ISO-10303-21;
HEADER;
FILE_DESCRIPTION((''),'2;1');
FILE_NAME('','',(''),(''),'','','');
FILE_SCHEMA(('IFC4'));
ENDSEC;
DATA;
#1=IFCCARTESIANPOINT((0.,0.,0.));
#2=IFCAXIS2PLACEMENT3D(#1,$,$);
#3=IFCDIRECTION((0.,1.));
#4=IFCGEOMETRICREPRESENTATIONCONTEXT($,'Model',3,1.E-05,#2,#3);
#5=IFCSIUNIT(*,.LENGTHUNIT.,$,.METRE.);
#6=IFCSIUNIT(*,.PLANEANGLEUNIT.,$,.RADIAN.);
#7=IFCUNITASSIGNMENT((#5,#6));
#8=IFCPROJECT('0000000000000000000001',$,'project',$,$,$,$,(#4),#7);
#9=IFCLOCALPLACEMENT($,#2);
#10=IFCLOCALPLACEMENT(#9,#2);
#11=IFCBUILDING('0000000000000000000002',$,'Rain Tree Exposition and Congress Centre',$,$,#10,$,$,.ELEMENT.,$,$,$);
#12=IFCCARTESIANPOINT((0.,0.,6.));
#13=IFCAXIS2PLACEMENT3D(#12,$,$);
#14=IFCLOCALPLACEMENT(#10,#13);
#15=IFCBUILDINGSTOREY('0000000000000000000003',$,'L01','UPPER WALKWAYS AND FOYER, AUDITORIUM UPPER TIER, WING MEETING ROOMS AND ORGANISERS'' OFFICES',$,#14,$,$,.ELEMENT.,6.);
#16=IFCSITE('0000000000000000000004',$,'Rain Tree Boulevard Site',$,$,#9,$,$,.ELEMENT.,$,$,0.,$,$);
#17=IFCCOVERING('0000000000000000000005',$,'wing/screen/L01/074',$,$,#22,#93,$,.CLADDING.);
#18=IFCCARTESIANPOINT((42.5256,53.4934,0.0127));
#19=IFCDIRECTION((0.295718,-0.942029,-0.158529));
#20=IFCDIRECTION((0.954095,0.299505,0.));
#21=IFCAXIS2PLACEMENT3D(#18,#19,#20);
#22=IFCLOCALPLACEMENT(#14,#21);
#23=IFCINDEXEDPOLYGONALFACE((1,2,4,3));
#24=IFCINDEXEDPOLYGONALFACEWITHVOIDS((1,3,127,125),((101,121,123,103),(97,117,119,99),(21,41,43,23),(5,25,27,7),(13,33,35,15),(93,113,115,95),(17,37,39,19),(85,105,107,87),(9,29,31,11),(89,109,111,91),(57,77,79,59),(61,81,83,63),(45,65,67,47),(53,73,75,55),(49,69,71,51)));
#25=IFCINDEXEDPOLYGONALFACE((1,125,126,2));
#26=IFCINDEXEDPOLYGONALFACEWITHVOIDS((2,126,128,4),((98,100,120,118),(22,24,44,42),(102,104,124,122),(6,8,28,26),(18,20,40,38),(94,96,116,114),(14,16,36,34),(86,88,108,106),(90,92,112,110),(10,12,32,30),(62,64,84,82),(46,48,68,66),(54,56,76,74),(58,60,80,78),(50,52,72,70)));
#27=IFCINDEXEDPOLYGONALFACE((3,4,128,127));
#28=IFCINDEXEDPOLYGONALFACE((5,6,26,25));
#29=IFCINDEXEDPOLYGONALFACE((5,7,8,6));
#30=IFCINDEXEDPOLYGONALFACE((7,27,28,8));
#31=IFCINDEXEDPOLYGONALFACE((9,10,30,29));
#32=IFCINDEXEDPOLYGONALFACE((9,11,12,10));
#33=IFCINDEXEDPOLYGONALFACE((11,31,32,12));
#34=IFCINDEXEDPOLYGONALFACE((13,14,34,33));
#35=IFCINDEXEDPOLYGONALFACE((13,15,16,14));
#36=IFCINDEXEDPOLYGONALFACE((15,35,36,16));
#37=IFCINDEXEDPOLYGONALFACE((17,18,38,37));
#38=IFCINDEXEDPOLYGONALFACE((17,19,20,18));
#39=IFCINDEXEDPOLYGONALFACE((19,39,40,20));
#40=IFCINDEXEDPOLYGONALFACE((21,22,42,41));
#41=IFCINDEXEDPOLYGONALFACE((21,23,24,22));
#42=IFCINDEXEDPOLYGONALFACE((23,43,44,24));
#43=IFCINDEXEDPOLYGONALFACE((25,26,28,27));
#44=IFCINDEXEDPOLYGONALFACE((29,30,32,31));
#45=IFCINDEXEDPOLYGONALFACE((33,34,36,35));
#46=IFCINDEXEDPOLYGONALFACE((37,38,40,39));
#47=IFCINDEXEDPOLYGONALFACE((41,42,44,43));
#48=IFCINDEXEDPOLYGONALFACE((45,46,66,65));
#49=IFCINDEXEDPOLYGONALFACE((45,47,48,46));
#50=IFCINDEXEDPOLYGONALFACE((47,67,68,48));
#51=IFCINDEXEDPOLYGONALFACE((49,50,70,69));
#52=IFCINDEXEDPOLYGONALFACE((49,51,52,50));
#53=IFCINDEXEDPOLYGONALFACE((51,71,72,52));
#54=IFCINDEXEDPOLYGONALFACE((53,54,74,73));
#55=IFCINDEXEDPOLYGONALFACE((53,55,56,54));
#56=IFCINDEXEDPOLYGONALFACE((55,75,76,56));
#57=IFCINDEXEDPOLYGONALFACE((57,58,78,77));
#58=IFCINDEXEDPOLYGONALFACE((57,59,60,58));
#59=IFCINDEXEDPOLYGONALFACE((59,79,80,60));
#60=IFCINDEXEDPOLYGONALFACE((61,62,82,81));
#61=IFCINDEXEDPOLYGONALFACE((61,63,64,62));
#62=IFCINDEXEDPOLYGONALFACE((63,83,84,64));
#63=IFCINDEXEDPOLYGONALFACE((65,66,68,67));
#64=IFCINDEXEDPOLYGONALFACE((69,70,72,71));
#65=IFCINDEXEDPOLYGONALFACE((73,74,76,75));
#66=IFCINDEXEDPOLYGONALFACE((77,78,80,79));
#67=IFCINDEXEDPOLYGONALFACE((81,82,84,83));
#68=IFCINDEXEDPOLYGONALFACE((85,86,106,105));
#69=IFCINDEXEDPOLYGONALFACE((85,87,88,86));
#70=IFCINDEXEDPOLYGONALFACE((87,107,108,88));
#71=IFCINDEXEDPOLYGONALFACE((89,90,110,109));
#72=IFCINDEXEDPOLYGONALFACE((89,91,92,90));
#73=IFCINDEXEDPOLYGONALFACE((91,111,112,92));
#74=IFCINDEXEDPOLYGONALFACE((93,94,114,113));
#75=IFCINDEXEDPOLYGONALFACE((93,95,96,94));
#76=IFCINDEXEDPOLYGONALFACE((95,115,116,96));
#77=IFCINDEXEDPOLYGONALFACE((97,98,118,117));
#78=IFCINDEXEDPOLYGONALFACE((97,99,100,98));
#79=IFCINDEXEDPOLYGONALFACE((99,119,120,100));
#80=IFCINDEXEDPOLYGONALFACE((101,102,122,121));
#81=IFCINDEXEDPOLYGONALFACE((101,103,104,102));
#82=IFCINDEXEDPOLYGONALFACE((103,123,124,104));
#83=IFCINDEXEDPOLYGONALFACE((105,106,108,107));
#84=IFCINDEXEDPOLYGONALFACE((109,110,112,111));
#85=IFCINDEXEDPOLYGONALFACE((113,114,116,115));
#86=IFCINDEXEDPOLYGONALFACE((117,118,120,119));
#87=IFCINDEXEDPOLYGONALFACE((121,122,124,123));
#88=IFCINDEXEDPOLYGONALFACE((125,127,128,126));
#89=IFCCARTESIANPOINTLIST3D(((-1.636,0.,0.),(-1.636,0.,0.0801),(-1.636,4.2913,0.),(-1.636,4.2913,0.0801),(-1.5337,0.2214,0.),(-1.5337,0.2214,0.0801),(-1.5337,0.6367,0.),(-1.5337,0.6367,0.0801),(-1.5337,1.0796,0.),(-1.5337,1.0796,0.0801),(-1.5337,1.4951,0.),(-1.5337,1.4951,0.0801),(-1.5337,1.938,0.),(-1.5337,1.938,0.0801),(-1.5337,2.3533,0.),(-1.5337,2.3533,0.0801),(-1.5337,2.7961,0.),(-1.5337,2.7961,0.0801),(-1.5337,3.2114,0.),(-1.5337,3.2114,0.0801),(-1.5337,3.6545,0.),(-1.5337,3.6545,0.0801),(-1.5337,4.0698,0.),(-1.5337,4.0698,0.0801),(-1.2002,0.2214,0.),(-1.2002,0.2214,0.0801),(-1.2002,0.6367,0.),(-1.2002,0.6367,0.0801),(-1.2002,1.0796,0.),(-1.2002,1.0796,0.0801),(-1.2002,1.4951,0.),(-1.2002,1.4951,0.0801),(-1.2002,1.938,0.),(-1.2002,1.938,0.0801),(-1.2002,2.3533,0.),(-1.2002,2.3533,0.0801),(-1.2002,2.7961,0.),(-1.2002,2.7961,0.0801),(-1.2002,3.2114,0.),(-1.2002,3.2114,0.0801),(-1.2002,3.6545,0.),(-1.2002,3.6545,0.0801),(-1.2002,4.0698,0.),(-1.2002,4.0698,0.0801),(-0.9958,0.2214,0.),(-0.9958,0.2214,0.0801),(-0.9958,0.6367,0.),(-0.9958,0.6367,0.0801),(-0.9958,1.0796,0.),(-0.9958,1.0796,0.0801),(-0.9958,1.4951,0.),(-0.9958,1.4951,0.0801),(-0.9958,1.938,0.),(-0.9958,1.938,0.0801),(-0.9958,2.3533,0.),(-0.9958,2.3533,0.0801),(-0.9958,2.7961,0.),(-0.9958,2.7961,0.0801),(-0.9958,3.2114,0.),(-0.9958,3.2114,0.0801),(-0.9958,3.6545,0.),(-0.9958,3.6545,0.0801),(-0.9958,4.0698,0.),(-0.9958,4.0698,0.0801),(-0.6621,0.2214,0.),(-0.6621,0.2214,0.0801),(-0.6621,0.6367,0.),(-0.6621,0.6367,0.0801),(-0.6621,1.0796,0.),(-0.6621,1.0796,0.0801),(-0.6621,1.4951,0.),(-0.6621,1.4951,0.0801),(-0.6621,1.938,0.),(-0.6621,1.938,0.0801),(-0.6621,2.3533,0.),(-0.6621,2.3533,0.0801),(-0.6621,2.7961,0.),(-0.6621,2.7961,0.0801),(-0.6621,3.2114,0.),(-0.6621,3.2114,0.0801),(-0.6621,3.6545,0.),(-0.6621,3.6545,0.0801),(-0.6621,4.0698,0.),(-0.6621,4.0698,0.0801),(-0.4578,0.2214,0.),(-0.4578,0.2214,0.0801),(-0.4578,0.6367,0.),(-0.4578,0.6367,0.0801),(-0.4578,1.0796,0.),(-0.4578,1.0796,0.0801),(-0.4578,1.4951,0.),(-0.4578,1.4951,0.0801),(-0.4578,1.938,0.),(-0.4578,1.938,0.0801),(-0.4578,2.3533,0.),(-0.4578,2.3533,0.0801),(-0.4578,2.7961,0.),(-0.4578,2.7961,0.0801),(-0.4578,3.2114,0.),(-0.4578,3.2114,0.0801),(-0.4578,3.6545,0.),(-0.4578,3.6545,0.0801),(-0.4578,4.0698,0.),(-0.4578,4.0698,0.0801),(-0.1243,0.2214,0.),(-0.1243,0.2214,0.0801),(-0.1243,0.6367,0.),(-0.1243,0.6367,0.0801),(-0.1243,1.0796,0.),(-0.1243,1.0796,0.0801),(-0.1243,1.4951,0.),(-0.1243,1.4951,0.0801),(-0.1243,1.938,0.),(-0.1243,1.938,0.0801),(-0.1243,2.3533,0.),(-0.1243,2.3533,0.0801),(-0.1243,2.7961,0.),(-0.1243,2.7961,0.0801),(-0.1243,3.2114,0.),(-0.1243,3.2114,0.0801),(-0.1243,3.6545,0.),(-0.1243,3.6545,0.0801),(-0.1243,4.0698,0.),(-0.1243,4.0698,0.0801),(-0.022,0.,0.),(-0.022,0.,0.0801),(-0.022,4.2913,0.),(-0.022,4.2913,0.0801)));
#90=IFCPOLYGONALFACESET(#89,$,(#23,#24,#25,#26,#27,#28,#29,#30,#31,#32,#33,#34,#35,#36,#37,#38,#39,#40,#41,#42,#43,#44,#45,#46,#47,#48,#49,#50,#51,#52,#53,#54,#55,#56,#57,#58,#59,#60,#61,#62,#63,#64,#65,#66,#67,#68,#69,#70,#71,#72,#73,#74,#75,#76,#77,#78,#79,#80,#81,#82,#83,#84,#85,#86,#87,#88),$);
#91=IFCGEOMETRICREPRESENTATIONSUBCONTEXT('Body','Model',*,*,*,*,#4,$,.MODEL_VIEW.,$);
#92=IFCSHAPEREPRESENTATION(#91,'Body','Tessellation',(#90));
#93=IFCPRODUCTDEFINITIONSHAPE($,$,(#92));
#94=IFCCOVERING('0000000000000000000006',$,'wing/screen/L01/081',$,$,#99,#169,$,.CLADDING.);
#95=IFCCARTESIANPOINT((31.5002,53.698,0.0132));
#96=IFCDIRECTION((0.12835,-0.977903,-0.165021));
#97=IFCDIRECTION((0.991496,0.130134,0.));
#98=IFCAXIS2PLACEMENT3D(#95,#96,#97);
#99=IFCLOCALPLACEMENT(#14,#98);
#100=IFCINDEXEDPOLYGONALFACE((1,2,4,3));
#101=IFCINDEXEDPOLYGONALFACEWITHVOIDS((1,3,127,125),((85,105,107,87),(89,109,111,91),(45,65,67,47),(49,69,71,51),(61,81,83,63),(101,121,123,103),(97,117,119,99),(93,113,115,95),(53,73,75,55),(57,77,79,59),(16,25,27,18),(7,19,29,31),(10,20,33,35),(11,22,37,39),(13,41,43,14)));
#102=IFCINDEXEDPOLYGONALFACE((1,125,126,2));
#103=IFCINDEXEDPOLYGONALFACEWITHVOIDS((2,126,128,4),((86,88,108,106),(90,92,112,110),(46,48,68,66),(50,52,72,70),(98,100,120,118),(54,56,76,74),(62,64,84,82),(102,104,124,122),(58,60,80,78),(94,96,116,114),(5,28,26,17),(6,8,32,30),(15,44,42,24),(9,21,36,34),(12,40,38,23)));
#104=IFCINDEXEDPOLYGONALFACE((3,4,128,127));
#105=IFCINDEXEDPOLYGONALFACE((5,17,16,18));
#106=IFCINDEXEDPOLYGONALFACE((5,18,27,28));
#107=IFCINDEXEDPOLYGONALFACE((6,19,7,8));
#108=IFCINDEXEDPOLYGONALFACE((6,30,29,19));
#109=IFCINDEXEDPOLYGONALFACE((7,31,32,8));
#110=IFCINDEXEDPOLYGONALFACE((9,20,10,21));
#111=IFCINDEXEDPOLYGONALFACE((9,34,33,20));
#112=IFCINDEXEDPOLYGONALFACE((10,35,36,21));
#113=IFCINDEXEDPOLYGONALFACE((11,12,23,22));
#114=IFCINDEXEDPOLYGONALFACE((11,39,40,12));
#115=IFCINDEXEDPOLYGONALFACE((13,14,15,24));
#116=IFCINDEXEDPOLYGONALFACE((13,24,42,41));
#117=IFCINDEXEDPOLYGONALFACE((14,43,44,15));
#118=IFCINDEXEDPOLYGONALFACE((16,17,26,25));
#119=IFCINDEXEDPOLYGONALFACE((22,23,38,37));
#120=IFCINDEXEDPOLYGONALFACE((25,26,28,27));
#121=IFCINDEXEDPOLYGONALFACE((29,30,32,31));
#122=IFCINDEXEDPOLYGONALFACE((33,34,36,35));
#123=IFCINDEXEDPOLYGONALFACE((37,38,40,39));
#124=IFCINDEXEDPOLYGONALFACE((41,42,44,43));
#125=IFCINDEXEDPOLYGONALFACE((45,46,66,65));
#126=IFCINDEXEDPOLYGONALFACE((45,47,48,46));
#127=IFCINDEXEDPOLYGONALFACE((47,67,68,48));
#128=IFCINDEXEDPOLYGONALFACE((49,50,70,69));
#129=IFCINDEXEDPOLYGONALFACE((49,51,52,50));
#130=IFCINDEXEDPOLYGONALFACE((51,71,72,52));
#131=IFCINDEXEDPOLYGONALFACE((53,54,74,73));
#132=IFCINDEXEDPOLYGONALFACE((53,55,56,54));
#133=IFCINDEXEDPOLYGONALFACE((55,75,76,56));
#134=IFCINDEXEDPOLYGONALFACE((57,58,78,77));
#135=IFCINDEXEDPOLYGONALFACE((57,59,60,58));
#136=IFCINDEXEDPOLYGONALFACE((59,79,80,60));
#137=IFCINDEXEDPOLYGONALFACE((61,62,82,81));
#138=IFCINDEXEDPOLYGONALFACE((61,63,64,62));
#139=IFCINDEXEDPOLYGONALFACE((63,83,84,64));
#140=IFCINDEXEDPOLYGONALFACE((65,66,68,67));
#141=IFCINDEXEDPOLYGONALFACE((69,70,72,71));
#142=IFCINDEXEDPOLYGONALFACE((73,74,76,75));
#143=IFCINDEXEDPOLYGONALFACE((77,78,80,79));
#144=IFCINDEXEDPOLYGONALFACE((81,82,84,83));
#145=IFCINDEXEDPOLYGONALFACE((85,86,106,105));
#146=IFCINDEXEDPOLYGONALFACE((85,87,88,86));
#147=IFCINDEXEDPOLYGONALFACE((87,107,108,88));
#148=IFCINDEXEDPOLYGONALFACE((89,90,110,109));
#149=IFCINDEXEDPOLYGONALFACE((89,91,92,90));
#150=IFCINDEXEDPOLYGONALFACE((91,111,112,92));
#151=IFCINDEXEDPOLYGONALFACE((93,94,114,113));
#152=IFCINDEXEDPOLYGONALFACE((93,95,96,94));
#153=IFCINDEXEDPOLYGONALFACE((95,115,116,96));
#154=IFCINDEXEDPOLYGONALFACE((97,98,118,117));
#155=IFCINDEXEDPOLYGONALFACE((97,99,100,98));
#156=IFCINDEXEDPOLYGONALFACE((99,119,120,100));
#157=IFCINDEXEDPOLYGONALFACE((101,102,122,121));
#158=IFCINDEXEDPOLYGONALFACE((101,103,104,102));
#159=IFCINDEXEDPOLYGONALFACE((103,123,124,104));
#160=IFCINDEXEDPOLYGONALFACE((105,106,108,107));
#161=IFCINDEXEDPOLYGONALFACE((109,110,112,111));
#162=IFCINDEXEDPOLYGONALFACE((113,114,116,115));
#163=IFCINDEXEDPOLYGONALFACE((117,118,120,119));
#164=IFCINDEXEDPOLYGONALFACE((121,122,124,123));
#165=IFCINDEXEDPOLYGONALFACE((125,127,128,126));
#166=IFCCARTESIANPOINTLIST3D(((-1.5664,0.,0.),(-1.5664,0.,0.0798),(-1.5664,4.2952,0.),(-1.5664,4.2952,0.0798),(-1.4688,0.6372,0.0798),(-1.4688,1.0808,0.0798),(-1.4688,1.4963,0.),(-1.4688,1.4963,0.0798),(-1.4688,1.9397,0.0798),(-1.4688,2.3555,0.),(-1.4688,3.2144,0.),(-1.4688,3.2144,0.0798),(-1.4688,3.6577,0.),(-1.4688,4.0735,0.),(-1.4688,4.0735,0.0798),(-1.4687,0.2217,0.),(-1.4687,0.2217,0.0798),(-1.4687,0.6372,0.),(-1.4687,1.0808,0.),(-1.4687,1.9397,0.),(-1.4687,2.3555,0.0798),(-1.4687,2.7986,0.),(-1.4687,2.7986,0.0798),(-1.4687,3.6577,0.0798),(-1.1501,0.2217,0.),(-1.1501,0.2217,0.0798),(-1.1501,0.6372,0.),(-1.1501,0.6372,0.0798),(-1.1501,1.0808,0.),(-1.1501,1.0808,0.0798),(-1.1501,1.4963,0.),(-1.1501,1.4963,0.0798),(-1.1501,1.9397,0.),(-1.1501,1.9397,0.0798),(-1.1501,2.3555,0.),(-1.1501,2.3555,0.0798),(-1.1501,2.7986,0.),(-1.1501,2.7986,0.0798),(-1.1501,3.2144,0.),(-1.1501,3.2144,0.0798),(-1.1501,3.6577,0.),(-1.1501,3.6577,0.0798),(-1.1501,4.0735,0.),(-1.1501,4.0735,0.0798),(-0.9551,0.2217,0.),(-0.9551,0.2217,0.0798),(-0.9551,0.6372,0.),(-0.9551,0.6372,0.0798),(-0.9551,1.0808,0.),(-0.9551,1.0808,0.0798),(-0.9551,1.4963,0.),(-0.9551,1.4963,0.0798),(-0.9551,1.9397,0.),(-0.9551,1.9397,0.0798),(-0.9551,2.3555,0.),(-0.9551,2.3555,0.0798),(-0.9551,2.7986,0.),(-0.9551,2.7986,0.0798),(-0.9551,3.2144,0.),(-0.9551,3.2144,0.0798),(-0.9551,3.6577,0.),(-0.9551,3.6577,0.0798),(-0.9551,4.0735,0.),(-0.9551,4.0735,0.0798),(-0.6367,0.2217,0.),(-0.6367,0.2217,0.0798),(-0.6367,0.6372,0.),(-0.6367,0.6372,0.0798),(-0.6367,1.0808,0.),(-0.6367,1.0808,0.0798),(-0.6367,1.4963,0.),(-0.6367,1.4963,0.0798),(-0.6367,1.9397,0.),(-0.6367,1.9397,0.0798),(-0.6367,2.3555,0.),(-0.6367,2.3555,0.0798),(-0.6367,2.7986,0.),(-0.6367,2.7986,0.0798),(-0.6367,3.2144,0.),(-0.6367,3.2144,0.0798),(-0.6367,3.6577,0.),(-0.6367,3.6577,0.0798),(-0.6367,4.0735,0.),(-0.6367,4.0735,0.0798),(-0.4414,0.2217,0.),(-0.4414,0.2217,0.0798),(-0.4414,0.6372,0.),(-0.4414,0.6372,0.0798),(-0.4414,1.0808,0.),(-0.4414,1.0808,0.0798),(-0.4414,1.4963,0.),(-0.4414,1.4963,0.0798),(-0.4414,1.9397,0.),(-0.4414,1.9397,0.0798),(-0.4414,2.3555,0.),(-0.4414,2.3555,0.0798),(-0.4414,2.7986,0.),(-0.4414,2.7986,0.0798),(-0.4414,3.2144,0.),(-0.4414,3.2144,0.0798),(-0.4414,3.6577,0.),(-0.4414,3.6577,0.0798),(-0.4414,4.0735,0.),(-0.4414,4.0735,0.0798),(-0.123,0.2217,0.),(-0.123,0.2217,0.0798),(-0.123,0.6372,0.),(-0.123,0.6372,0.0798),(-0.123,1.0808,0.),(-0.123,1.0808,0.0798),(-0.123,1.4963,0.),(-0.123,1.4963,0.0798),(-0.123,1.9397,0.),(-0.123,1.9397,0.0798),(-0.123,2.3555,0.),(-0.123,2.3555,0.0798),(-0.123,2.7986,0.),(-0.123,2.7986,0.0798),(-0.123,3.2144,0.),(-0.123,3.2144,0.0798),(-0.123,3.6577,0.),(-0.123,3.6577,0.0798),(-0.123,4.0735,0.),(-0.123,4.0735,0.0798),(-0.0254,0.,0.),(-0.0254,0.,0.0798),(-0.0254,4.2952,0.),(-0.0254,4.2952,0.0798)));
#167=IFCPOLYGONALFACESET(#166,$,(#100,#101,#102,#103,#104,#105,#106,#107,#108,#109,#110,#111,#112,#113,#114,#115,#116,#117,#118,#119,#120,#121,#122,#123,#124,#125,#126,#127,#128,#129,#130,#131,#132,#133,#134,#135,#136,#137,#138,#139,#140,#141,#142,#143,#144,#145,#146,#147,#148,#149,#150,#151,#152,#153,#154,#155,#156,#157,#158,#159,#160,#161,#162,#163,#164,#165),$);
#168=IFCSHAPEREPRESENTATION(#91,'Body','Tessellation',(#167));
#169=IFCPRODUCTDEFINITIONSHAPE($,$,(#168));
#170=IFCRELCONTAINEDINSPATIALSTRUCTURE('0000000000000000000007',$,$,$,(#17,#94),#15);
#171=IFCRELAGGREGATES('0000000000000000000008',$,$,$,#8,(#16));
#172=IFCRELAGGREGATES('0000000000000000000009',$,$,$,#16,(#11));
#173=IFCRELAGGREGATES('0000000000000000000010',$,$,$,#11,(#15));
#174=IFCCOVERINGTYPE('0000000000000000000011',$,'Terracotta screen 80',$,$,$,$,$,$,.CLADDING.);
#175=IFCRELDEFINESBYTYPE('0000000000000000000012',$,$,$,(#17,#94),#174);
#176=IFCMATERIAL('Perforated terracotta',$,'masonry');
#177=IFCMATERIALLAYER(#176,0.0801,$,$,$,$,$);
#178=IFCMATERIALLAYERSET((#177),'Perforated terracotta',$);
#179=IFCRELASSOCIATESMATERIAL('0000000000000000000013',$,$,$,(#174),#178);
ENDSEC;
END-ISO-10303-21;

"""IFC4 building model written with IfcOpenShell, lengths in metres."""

from ifc_helpers import new_model, si_unit, direction, frame, origin, place, context, subcontext, project, spatial, polyline, outline, extrude, material, layer, layer_set, type_object, element, save


model = new_model("IFC4")

# Units and contexts
model_context = context("Model", 3, precision=1e-05, world=origin(), true_north=direction((0.0, 1.0)))
body_context = subcontext(model_context, "Body", "Model", "MODEL_VIEW")
ifc_project = project(units=[si_unit("LENGTHUNIT", "METRE"), si_unit("PLANEANGLEUNIT", "RADIAN")], contexts=[model_context])

# Site, building, storey
site_placement = place(None, origin())
site = spatial("IfcSite", under=ifc_project, at=site_placement, Name="Rain Tree Boulevard Site", CompositionType="ELEMENT", RefElevation=0.0)
building_placement = place(site_placement, origin())
building = spatial("IfcBuilding", under=site, at=building_placement, Name="Rain Tree Exposition and Congress Centre", CompositionType="ELEMENT")
storey_placement = place(building_placement, frame((0.0, 0.0, 6.0)))
storey = spatial("IfcBuildingStorey", under=building, at=storey_placement, Name="L01", Description="UPPER WALKWAYS AND FOYER, AUDITORIUM UPPER TIER, WING MEETING ROOMS AND ORGANISERS' OFFICES", CompositionType="ELEMENT", Elevation=6.0)

# Coverings
ifc_material_1 = material(Name="Perforated terracotta", Category="masonry")
ifc_layer = layer(ifc_material_1, 0.0801)
ifc_layer_set = layer_set([ifc_layer], Name="Perforated terracotta")
covering_type = type_object("IfcCoveringType", Name="Terracotta screen 80", PredefinedType="CLADDING", material=ifc_layer_set)
covering_1_placement = place(storey_placement, frame((42.5256, 53.4934, 0.0127), z_axis=(0.295718, -0.942029, -0.158529), x_axis=(0.954095, 0.299505, 0.0)))
element("IfcCovering", 1, at=covering_1_placement, inside=storey, type_object=covering_type, Name="wing/screen/L01/074", PredefinedType="CLADDING", context=body_context, shape_type="SweptSolid", body=[
    extrude(outline(polyline([(-1.636, 0.0), (-1.636, 4.2913), (-0.022, 4.2913), (-0.022, 0.0), (-1.636, 0.0)]), holes=[polyline([(-0.1243, 0.2214), (-0.1243, 0.6367), (-0.4578, 0.6367), (-0.4578, 0.2214), (-0.1243, 0.2214)]), polyline([(-0.1243, 1.0796), (-0.1243, 1.4951), (-0.4578, 1.4951), (-0.4578, 1.0796), (-0.1243, 1.0796)]), polyline([(-0.1243, 1.938), (-0.1243, 2.3533), (-0.4578, 2.3533), (-0.4578, 1.938), (-0.1243, 1.938)]), polyline([(-0.1243, 2.7961), (-0.1243, 3.2114), (-0.4578, 3.2114), (-0.4578, 2.7961), (-0.1243, 2.7961)]), polyline([(-0.1243, 3.6545), (-0.1243, 4.0698), (-0.4578, 4.0698), (-0.4578, 3.6545), (-0.1243, 3.6545)]), polyline([(-0.6621, 0.2214), (-0.6621, 0.6367), (-0.9958, 0.6367), (-0.9958, 0.2214), (-0.6621, 0.2214)]), polyline([(-0.6621, 1.0796), (-0.6621, 1.4951), (-0.9958, 1.4951), (-0.9958, 1.0796), (-0.6621, 1.0796)]), polyline([(-0.6621, 1.938), (-0.6621, 2.3533), (-0.9958, 2.3533), (-0.9958, 1.938), (-0.6621, 1.938)]), polyline([(-0.6621, 2.7961), (-0.6621, 3.2114), (-0.9958, 3.2114), (-0.9958, 2.7961), (-0.6621, 2.7961)]), polyline([(-0.6621, 3.6545), (-0.6621, 4.0698), (-0.9958, 4.0698), (-0.9958, 3.6545), (-0.6621, 3.6545)]), polyline([(-1.2002, 0.2214), (-1.2002, 0.6367), (-1.5337, 0.6367), (-1.5337, 0.2214), (-1.2002, 0.2214)]), polyline([(-1.2002, 1.0796), (-1.2002, 1.4951), (-1.5337, 1.4951), (-1.5337, 1.0796), (-1.2002, 1.0796)]), polyline([(-1.2002, 1.938), (-1.2002, 2.3533), (-1.5337, 2.3533), (-1.5337, 1.938), (-1.2002, 1.938)]), polyline([(-1.2002, 2.7961), (-1.2002, 3.2114), (-1.5337, 3.2114), (-1.5337, 2.7961), (-1.2002, 2.7961)]), polyline([(-1.2002, 3.6545), (-1.2002, 4.0698), (-1.5337, 4.0698), (-1.5337, 3.6545), (-1.2002, 3.6545)])]), origin(), (0.0, 0.0, 1.0), 0.0801),
])
covering_2_placement = place(storey_placement, frame((31.5002, 53.698, 0.0132), z_axis=(0.12835, -0.977903, -0.165021), x_axis=(0.991496, 0.130134, 0.0)))
element("IfcCovering", 2, at=covering_2_placement, inside=storey, type_object=covering_type, Name="wing/screen/L01/081", PredefinedType="CLADDING", context=body_context, shape_type="SweptSolid", body=[
    extrude(outline(polyline([(-1.5664, 0.0), (-1.5664, 4.2952), (-0.0254, 4.2952), (-0.0254, 0.0), (-1.5664, 0.0)]), holes=[polyline([(-0.123, 0.2217), (-0.123, 0.6372), (-0.4414, 0.6372), (-0.4414, 0.2217), (-0.123, 0.2217)]), polyline([(-0.123, 1.0808), (-0.123, 1.4963), (-0.4414, 1.4963), (-0.4414, 1.0808), (-0.123, 1.0808)]), polyline([(-0.123, 1.9397), (-0.123, 2.3555), (-0.4414, 2.3555), (-0.4414, 1.9397), (-0.123, 1.9397)]), polyline([(-0.123, 2.7986), (-0.123, 3.2144), (-0.4414, 3.2144), (-0.4414, 2.7986), (-0.123, 2.7986)]), polyline([(-0.123, 3.6577), (-0.123, 4.0735), (-0.4414, 4.0735), (-0.4414, 3.6577), (-0.123, 3.6577)]), polyline([(-0.6367, 0.2217), (-0.6367, 0.6372), (-0.9551, 0.6372), (-0.9551, 0.2217), (-0.6367, 0.2217)]), polyline([(-0.6367, 1.0808), (-0.6367, 1.4963), (-0.9551, 1.4963), (-0.9551, 1.0808), (-0.6367, 1.0808)]), polyline([(-0.6367, 1.9397), (-0.6367, 2.3555), (-0.9551, 2.3555), (-0.9551, 1.9397), (-0.6367, 1.9397)]), polyline([(-0.6367, 2.7986), (-0.6367, 3.2144), (-0.9551, 3.2144), (-0.9551, 2.7986), (-0.6367, 2.7986)]), polyline([(-0.6367, 3.6577), (-0.6367, 4.0735), (-0.9551, 4.0735), (-0.9551, 3.6577), (-0.6367, 3.6577)]), polyline([(-1.1501, 0.2217), (-1.1501, 0.6372), (-1.4688, 0.6372), (-1.4688, 0.2217), (-1.1501, 0.2217)]), polyline([(-1.1501, 1.0808), (-1.1501, 1.4963), (-1.4688, 1.4963), (-1.4688, 1.0808), (-1.1501, 1.0808)]), polyline([(-1.1501, 1.9397), (-1.1501, 2.3555), (-1.4688, 2.3555), (-1.4688, 1.9397), (-1.1501, 1.9397)]), polyline([(-1.1501, 2.7986), (-1.1501, 3.2144), (-1.4688, 3.2144), (-1.4688, 2.7986), (-1.1501, 2.7986)]), polyline([(-1.1501, 3.6577), (-1.1501, 4.0735), (-1.4688, 4.0735), (-1.4688, 3.6577), (-1.1501, 3.6577)])]), origin(), (0.0, 0.0, 1.0), 0.0798),
])

save(model, "model.ifc")
